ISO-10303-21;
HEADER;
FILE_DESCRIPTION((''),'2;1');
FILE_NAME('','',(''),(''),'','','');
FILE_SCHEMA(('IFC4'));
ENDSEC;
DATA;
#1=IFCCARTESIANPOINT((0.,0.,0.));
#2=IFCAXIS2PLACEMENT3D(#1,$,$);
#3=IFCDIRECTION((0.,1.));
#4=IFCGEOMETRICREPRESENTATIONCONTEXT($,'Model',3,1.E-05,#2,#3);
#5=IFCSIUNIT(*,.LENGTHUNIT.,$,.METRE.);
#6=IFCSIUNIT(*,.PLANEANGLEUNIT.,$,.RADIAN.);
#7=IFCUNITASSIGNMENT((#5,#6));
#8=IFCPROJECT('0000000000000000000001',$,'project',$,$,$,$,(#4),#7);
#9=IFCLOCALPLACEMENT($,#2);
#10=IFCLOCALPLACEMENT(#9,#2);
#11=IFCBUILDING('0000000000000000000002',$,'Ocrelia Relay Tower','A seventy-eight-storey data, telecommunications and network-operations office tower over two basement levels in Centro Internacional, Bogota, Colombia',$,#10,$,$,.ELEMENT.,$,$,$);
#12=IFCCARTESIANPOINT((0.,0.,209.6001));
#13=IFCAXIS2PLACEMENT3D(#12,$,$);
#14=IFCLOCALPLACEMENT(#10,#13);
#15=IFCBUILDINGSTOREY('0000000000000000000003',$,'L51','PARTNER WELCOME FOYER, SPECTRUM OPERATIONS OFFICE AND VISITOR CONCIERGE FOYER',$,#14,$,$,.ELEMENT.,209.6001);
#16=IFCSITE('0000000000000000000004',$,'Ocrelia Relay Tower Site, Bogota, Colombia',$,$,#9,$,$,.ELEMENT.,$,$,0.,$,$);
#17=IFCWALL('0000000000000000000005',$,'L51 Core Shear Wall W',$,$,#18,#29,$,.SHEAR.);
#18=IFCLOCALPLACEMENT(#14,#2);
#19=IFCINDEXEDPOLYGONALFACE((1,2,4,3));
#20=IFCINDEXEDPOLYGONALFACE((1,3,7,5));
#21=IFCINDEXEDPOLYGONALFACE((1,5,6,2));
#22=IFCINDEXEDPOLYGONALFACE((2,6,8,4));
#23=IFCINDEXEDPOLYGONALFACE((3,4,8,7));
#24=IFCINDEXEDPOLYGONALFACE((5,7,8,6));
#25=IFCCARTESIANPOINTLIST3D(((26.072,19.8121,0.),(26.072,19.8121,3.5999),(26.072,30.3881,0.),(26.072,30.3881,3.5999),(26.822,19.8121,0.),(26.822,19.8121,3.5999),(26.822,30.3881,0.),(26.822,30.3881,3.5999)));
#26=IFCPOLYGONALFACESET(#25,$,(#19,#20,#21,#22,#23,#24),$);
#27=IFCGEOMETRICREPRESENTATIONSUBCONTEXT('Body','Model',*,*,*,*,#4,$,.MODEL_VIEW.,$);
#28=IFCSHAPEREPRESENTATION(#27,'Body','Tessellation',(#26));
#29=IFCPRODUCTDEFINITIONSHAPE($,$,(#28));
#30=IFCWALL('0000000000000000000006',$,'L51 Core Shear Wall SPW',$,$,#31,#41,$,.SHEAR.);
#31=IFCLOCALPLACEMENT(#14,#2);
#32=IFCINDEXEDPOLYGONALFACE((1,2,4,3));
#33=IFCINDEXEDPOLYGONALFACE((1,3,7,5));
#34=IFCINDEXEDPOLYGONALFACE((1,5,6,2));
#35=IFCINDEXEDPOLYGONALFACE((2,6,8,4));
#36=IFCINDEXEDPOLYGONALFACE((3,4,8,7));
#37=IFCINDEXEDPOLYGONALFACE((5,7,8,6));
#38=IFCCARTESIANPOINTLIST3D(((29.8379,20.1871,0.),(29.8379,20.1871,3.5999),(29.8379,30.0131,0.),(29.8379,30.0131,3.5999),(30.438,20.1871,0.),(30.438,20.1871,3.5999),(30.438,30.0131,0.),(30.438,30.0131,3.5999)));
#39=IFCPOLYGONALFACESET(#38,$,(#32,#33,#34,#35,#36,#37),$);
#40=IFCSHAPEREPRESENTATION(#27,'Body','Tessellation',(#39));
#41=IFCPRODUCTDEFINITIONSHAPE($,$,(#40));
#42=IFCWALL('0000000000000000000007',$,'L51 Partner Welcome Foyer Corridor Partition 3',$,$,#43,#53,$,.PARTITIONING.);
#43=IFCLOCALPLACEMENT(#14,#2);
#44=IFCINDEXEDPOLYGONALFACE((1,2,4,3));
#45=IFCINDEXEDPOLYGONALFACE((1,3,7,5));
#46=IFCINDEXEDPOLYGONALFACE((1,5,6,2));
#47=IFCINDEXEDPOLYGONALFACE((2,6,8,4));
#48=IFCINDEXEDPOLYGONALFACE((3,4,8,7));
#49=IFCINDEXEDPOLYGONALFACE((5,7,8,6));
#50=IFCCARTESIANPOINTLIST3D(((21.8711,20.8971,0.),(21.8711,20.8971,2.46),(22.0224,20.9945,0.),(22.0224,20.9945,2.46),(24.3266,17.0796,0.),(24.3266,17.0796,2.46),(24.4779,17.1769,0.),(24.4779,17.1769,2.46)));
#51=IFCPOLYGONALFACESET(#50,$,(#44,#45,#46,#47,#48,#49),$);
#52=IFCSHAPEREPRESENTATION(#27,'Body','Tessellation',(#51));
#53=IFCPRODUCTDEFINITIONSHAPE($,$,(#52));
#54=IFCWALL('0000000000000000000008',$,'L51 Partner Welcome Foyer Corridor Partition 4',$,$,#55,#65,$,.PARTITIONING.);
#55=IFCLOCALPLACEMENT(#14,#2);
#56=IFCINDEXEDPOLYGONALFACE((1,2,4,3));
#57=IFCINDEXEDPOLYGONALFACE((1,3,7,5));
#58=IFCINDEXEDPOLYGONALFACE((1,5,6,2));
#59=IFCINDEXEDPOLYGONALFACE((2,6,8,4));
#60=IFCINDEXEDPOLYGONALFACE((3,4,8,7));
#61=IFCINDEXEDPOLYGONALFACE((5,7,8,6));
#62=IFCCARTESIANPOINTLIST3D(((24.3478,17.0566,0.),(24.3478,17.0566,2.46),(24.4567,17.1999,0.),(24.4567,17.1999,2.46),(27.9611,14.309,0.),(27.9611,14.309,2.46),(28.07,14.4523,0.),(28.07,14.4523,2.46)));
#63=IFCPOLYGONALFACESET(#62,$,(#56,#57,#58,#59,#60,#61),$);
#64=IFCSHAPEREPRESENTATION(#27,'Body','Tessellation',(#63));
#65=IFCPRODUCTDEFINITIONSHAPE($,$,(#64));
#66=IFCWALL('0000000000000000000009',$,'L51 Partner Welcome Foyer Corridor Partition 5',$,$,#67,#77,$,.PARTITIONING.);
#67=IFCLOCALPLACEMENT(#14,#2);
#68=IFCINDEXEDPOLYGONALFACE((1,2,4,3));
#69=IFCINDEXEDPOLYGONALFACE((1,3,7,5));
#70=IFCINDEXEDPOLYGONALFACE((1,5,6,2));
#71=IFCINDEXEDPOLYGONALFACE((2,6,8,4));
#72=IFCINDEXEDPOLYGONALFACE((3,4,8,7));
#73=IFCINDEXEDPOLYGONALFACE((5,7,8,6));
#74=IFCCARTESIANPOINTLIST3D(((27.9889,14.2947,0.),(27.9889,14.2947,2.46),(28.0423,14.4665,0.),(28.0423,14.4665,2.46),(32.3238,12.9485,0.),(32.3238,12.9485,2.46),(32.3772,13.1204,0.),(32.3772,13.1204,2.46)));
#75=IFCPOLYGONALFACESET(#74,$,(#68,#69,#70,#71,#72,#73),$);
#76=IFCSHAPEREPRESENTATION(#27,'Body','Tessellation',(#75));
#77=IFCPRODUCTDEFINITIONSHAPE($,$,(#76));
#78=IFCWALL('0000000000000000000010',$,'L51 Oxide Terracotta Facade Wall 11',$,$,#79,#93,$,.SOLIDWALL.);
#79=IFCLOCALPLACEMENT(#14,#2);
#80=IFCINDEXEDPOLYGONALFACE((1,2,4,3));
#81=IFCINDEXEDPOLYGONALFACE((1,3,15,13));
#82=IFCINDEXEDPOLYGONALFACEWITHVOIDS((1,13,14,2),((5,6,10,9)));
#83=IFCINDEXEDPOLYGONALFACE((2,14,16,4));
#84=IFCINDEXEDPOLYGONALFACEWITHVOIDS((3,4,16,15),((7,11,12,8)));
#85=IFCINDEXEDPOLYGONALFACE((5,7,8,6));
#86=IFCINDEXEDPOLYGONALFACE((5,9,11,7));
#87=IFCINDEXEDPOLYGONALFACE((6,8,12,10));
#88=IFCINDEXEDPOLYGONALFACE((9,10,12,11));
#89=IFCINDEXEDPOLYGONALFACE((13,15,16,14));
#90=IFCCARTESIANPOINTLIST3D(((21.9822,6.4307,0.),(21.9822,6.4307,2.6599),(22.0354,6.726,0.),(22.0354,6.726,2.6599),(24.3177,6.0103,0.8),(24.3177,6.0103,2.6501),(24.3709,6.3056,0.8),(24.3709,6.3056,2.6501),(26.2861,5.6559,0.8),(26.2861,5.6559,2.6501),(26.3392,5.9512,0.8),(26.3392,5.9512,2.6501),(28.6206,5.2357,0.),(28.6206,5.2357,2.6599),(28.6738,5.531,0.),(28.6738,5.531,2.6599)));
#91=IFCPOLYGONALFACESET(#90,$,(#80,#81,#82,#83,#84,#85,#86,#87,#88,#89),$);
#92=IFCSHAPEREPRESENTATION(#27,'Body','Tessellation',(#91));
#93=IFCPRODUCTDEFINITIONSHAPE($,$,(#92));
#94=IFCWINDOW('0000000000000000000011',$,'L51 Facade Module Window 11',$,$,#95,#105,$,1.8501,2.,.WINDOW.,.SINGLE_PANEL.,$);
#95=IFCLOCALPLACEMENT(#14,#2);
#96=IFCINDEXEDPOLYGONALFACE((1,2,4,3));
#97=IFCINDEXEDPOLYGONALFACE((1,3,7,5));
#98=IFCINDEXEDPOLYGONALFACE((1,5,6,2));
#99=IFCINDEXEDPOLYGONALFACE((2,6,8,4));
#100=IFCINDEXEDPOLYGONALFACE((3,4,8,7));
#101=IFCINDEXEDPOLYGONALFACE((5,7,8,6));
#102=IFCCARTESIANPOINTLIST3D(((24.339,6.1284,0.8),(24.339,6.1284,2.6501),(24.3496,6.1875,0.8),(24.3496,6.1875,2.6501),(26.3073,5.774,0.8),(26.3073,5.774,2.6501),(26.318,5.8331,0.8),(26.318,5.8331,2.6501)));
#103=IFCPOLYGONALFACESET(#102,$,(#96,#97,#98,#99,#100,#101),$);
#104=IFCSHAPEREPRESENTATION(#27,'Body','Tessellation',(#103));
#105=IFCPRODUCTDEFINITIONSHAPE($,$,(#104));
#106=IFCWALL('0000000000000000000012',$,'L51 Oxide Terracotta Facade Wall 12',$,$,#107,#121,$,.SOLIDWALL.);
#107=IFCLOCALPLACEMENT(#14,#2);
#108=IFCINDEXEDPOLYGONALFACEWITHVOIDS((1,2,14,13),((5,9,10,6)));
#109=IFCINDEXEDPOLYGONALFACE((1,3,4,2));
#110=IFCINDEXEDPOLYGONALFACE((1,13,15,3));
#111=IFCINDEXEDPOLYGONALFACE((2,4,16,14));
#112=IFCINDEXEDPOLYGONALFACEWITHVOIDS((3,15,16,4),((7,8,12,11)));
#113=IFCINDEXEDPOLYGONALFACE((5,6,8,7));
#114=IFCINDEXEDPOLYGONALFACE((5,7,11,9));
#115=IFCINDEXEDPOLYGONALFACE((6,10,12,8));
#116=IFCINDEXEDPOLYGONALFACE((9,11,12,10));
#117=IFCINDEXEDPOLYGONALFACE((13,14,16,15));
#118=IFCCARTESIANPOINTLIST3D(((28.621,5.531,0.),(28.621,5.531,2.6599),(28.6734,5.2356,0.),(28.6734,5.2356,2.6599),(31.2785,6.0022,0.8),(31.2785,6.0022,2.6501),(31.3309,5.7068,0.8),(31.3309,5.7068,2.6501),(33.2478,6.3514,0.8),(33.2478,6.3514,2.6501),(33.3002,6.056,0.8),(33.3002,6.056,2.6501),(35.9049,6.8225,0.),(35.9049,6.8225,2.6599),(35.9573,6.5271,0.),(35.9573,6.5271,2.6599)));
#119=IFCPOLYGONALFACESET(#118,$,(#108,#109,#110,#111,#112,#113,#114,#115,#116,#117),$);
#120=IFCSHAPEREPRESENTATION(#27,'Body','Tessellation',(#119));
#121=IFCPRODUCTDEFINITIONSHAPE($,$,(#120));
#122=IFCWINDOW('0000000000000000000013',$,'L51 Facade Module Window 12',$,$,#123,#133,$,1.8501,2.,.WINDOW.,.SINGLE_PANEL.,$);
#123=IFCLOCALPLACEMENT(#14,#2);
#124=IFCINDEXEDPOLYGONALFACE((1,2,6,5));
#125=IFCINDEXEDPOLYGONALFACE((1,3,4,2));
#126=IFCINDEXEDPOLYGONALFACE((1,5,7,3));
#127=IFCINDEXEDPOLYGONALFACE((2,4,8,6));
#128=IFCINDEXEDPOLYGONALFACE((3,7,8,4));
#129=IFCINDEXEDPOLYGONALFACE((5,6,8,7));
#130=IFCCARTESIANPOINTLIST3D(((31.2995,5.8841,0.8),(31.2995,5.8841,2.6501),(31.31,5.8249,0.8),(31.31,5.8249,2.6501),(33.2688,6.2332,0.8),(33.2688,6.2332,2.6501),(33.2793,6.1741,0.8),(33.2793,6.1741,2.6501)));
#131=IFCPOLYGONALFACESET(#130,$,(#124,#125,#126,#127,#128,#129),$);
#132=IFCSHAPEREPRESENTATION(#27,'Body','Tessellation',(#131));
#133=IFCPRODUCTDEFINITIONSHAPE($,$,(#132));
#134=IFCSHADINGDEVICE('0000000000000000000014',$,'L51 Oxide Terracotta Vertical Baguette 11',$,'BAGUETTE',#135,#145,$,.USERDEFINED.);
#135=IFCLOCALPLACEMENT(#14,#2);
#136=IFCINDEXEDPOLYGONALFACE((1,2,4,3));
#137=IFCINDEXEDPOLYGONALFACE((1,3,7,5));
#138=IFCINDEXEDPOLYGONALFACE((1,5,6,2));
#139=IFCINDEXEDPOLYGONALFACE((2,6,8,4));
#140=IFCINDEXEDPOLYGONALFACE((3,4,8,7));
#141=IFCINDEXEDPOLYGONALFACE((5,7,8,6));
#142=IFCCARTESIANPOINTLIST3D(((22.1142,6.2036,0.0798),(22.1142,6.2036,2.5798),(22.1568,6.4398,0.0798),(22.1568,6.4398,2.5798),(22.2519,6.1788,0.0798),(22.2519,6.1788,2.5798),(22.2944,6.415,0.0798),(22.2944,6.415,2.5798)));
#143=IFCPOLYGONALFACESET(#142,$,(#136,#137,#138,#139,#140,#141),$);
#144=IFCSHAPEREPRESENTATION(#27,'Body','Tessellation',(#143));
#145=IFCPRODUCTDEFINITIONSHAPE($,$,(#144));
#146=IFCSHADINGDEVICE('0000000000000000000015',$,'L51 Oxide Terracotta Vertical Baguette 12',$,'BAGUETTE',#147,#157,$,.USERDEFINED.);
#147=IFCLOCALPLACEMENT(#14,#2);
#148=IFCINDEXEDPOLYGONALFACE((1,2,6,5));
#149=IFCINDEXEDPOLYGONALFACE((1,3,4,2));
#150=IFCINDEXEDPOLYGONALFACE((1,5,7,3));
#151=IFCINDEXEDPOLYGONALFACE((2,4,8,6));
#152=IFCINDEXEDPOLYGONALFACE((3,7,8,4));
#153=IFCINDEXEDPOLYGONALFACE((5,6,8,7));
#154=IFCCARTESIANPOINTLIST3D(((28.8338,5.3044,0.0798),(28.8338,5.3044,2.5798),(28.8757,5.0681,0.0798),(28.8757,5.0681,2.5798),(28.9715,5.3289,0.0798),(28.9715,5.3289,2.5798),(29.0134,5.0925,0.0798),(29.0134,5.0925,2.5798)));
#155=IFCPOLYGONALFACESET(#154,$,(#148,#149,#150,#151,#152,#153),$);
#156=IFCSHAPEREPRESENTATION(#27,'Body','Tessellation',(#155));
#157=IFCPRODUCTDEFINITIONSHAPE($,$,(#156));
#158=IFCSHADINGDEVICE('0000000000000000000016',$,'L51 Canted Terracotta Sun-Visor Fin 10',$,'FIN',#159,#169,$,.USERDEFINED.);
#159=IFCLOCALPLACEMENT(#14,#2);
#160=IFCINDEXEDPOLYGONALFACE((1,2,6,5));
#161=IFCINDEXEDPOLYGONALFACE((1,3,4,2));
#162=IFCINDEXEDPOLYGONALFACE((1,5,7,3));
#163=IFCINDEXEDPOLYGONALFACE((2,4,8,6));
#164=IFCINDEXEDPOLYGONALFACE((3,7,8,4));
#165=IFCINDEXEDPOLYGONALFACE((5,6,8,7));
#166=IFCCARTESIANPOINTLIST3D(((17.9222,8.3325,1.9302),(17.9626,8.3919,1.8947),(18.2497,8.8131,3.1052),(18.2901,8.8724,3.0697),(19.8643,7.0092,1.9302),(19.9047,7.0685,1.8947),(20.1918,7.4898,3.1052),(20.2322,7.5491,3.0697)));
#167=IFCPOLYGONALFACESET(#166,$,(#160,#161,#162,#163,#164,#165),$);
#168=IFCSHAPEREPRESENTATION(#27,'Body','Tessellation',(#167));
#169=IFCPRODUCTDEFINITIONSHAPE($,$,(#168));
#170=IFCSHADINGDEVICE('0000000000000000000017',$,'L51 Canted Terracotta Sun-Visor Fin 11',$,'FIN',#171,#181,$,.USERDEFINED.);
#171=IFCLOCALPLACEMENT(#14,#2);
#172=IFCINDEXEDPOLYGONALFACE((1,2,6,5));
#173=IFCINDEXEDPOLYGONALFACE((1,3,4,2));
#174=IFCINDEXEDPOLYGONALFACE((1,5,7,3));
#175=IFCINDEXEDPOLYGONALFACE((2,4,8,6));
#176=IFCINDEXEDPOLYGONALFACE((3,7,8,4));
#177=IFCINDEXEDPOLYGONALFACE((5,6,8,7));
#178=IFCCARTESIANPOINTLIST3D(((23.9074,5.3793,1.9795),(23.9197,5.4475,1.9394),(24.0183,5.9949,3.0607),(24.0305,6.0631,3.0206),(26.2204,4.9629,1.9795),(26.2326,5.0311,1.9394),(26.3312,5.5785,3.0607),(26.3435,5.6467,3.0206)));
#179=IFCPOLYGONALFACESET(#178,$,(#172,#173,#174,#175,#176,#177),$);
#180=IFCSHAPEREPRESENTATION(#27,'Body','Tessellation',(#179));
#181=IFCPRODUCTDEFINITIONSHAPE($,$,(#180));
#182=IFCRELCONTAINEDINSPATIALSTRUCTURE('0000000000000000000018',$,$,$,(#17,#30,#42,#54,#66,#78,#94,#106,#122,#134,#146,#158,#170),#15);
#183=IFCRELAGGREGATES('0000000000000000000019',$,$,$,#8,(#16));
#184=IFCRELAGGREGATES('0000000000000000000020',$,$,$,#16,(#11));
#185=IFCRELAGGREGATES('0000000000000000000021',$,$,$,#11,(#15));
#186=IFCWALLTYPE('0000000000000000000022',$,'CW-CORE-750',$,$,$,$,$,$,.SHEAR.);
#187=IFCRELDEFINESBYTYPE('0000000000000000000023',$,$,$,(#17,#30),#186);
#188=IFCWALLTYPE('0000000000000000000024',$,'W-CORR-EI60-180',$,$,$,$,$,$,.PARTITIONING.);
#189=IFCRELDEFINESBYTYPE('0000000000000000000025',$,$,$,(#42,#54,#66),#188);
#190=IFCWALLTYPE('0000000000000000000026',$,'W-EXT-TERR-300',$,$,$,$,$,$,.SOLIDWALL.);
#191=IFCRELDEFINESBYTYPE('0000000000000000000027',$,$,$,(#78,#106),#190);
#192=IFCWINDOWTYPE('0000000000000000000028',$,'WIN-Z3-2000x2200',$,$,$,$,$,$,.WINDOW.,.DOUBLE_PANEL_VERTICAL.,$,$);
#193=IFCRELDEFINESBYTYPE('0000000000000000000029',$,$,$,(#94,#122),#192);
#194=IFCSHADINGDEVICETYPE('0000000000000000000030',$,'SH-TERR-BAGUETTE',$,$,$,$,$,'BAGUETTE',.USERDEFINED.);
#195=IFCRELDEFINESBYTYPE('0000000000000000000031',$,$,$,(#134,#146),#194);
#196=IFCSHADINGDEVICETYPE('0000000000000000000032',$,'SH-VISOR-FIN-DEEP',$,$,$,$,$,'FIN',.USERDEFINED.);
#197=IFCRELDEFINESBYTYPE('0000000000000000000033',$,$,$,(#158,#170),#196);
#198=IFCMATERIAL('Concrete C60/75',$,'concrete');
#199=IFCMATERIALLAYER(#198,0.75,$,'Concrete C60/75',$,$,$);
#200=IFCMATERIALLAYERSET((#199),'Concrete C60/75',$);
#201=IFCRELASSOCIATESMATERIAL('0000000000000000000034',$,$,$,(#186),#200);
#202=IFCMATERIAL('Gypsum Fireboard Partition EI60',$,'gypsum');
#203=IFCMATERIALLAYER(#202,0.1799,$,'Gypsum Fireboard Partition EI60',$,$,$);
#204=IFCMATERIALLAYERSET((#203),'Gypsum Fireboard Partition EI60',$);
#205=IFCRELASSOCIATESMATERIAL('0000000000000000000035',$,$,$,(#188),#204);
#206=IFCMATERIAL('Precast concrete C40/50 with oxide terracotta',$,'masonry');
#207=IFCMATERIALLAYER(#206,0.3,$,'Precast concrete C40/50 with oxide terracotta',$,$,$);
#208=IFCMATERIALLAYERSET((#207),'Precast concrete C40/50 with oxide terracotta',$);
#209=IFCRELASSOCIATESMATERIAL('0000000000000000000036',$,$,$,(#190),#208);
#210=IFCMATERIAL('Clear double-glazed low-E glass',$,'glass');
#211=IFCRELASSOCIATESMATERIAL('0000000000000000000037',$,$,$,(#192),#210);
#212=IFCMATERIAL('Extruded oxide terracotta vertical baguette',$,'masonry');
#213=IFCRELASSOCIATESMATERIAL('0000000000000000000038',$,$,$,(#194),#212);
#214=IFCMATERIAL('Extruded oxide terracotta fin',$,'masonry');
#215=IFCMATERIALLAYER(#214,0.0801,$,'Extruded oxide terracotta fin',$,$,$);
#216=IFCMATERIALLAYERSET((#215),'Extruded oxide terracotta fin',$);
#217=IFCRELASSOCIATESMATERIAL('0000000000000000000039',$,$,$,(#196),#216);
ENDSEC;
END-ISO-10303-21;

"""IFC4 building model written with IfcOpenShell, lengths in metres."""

from ifc_helpers import new_model, si_unit, direction, frame, frame_2d, origin, origin_2d, place, context, subcontext, project, spatial, rectangle, extrude, material, layer, layer_set, type_object, element, fill, save


model = new_model("IFC4")

# Units and contexts
model_context = context("Model", 3, precision=1e-05, world=origin(), true_north=direction((0.0, 1.0)))
body_context = subcontext(model_context, "Body", "Model", "MODEL_VIEW")
ifc_project = project(units=[si_unit("LENGTHUNIT", "METRE"), si_unit("PLANEANGLEUNIT", "RADIAN")], contexts=[model_context])

# Site, building, storey
site_placement = place(None, origin())
site = spatial("IfcSite", under=ifc_project, at=site_placement, Name="Ocrelia Relay Tower Site, Bogota, Colombia", CompositionType="ELEMENT", RefElevation=0.0)
building_placement = place(site_placement, origin())
building = spatial("IfcBuilding", under=site, at=building_placement, Name="Ocrelia Relay Tower", Description="A seventy-eight-storey data, telecommunications and network-operations office tower over two basement levels in Centro Internacional, Bogota, Colombia", CompositionType="ELEMENT")
storey_placement = place(building_placement, frame((0.0, 0.0, 209.6001)))
storey = spatial("IfcBuildingStorey", under=building, at=storey_placement, Name="L51", Description="PARTNER WELCOME FOYER, SPECTRUM OPERATIONS OFFICE AND VISITOR CONCIERGE FOYER", CompositionType="ELEMENT", Elevation=209.6001)

# Shared definitions
ifc_material_1 = material(Name="Concrete C60/75", Category="concrete")

# Shared definitions
ifc_material_2 = material(Name="Clear double-glazed low-E glass", Category="glass")

# Walls
ifc_layer_1 = layer(ifc_material_1, 0.75, Name="Concrete C60/75")
ifc_layer_set_1 = layer_set([ifc_layer_1], Name="Concrete C60/75")
wall_type_1 = type_object("IfcWallType", Name="CW-CORE-750", PredefinedType="SHEAR", material=ifc_layer_set_1)
wall_1_placement = place(storey_placement, frame((26.447, 19.812, 0.0), z_axis=(0.0, 0.0, 1.0), x_axis=(0.0, 1.0, 0.0)))
element("IfcWall", 1, at=wall_1_placement, inside=storey, type_object=wall_type_1, Name="L51 Core Shear Wall W", PredefinedType="SHEAR", context=body_context, shape_type="SweptSolid", body=[
    extrude(rectangle(XDim=10.5759, YDim=0.75, at=frame_2d((5.2881, 0.0))), origin(), (0.0, 0.0, 1.0), 3.5999),
])
wall_2_placement = place(storey_placement, frame((30.1379, 20.187, 0.0), z_axis=(0.0, 0.0, 1.0), x_axis=(0.0, 1.0, 0.0)))
element("IfcWall", 2, at=wall_2_placement, inside=storey, type_object=wall_type_1, Name="L51 Core Shear Wall SPW", PredefinedType="SHEAR", context=body_context, shape_type="SweptSolid", body=[
    extrude(rectangle(XDim=9.8259, YDim=0.6001, at=frame_2d((4.9131, 0.0))), origin(), (0.0, 0.0, 1.0), 3.5999),
])
ifc_material_3 = material(Name="Gypsum Fireboard Partition EI60", Category="gypsum")
ifc_layer_2 = layer(ifc_material_3, 0.1799, Name="Gypsum Fireboard Partition EI60")
ifc_layer_set_2 = layer_set([ifc_layer_2], Name="Gypsum Fireboard Partition EI60")
wall_type_2 = type_object("IfcWallType", Name="W-CORR-EI60-180", PredefinedType="PARTITIONING", material=ifc_layer_set_2)
wall_3_placement = place(storey_placement, frame((21.9468, 20.9458, 0.0), z_axis=(0.0, 0.0, 1.0), x_axis=(0.540972, -0.84104, 0.0)))
element("IfcWall", 3, at=wall_3_placement, inside=storey, type_object=wall_type_2, Name="L51 Partner Welcome Foyer Corridor Partition 3", PredefinedType="PARTITIONING", context=body_context, shape_type="SweptSolid", body=[
    extrude(rectangle(XDim=4.5391, YDim=0.1799, at=frame_2d((2.2695, 0.0))), origin(), (0.0, 0.0, 1.0), 2.46),
])
wall_4_placement = place(storey_placement, frame((24.4023, 17.1282, 0.0), z_axis=(0.0, 0.0, 1.0), x_axis=(0.796007, -0.605288, 0.0)))
element("IfcWall", 4, at=wall_4_placement, inside=storey, type_object=wall_type_2, Name="L51 Partner Welcome Foyer Corridor Partition 4", PredefinedType="PARTITIONING", context=body_context, shape_type="SweptSolid", body=[
    extrude(rectangle(XDim=4.5393, YDim=0.1799, at=frame_2d((2.2695, 0.0))), origin(), (0.0, 0.0, 1.0), 2.46),
])
wall_5_placement = place(storey_placement, frame((28.0156, 14.3806, 0.0), z_axis=(0.0, 0.0, 1.0), x_axis=(0.955011, -0.296572, 0.0)))
element("IfcWall", 5, at=wall_5_placement, inside=storey, type_object=wall_type_2, Name="L51 Partner Welcome Foyer Corridor Partition 5", PredefinedType="PARTITIONING", context=body_context, shape_type="SweptSolid", body=[
    extrude(rectangle(XDim=4.5391, YDim=0.1799, at=frame_2d((2.2695, 0.0))), origin(), (0.0, 0.0, 1.0), 2.46),
])

# Walls, openings, windows
ifc_material_4 = material(Name="Precast concrete C40/50 with oxide terracotta", Category="masonry")
ifc_layer_3 = layer(ifc_material_4, 0.3, Name="Precast concrete C40/50 with oxide terracotta")
ifc_layer_set_3 = layer_set([ifc_layer_3], Name="Precast concrete C40/50 with oxide terracotta")
wall_type_3 = type_object("IfcWallType", Name="W-EXT-TERR-300", PredefinedType="SOLIDWALL", material=ifc_layer_set_3)
wall_6_placement = place(storey_placement, frame((22.0088, 6.5784, 0.0), z_axis=(0.0, 0.0, 1.0), x_axis=(0.984179, -0.177175, 0.0)))
wall_6 = element("IfcWall", 6, at=wall_6_placement, inside=storey, type_object=wall_type_3, Name="L51 Oxide Terracotta Facade Wall 11", PredefinedType="SOLIDWALL", context=body_context, shape_type="SweptSolid", body=[
    extrude(rectangle(XDim=6.7451, YDim=0.3, at=frame_2d((3.3726, 0.0))), origin(), (0.0, 0.0, 1.0), 2.6599),
])
opening_1_placement = place(wall_6_placement, frame((2.373, 0.0, 0.8)))
opening_1 = element("IfcOpeningElement", 7, at=opening_1_placement, cuts=wall_6, PredefinedType="OPENING", context=body_context, shape_type="SweptSolid", body=[
    extrude(rectangle(XDim=2.0, YDim=1.8501, at=frame_2d((1.0, 0.925))), frame((0.0, 0.1602, 0.0), z_axis=(0.0, -1.0, 0.0), x_axis=(1.0, 0.0, 0.0)), (0.0, 0.0, 1.0), 0.3201),
])
window_type = type_object("IfcWindowType", Name="WIN-Z3-2000x2200", PartitioningType="DOUBLE_PANEL_VERTICAL", PredefinedType="WINDOW", material=ifc_material_2)
window_1_placement = place(opening_1_placement, origin())
window_1 = element("IfcWindow", 8, at=window_1_placement, inside=storey, type_object=window_type, Name="L51 Facade Module Window 11", OverallHeight=1.8501, OverallWidth=2.0, PartitioningType="SINGLE_PANEL", PredefinedType="WINDOW", context=body_context, shape_type="SweptSolid", body=[
    extrude(rectangle(XDim=2.0, YDim=1.8501, at=frame_2d((1.0, 0.925))), frame((0.0, 0.03, 0.0), z_axis=(0.0, -1.0, 0.0), x_axis=(1.0, 0.0, 0.0)), (0.0, 0.0, 1.0), 0.0601),
])
fill(opening_1, window_1)
wall_7_placement = place(storey_placement, frame((28.6472, 5.3833, 0.0), z_axis=(0.0, 0.0, 1.0), x_axis=(0.984642, 0.174585, 0.0)))
wall_7 = element("IfcWall", 9, at=wall_7_placement, inside=storey, type_object=wall_type_3, Name="L51 Oxide Terracotta Facade Wall 12", PredefinedType="SOLIDWALL", context=body_context, shape_type="SweptSolid", body=[
    extrude(rectangle(XDim=7.3975, YDim=0.3, at=frame_2d((3.6987, 0.0))), origin(), (0.0, 0.0, 1.0), 2.6599),
])
opening_2_placement = place(wall_7_placement, frame((2.699, 0.0, 0.8)))
opening_2 = element("IfcOpeningElement", 10, at=opening_2_placement, cuts=wall_7, PredefinedType="OPENING", context=body_context, shape_type="SweptSolid", body=[
    extrude(rectangle(XDim=2.0, YDim=1.8501, at=frame_2d((1.0, 0.925))), frame((0.0, 0.1602, 0.0), z_axis=(0.0, -1.0, 0.0), x_axis=(1.0, 0.0, 0.0)), (0.0, 0.0, 1.0), 0.3201),
])
window_2_placement = place(opening_2_placement, origin())
window_2 = element("IfcWindow", 11, at=window_2_placement, inside=storey, type_object=window_type, Name="L51 Facade Module Window 12", OverallHeight=1.8501, OverallWidth=2.0, PartitioningType="SINGLE_PANEL", PredefinedType="WINDOW", context=body_context, shape_type="SweptSolid", body=[
    extrude(rectangle(XDim=2.0, YDim=1.8501, at=frame_2d((1.0, 0.925))), frame((0.0, 0.03, 0.0), z_axis=(0.0, -1.0, 0.0), x_axis=(1.0, 0.0, 0.0)), (0.0, 0.0, 1.0), 0.0601),
])
fill(opening_2, window_2)

# Shading devices
ifc_material_5 = material(Name="Extruded oxide terracotta vertical baguette", Category="masonry")
shading_device_type_1 = type_object("IfcShadingDeviceType", Name="SH-TERR-BAGUETTE", ElementType="BAGUETTE", PredefinedType="USERDEFINED", material=ifc_material_5)
for number, where, z_axis, x_axis, name in (
    (12, (22.2043, 6.3093, 0.0798), (0.0, 0.0, 1.0), (0.984178, -0.177183, 0.0), "L51 Oxide Terracotta Vertical Baguette 11"),
    (13, (28.9236, 5.1985, 0.0798), (0.0, 0.0, 1.0), (0.984642, 0.174586, 0.0), "L51 Oxide Terracotta Vertical Baguette 12"),
):
    element("IfcShadingDevice", number, at=place(storey_placement, frame(where, z_axis=z_axis, x_axis=x_axis)), inside=storey, type_object=shading_device_type_1, Name=name, ObjectType="BAGUETTE", PredefinedType="USERDEFINED", context=body_context, shape_type="SweptSolid", body=[
        extrude(rectangle(XDim=0.1399, YDim=0.24, at=origin_2d()), origin(), (0.0, 0.0, 1.0), 2.5),
    ])
ifc_material_6 = material(Name="Extruded oxide terracotta fin", Category="masonry")
ifc_layer_4 = layer(ifc_material_6, 0.0801, Name="Extruded oxide terracotta fin")
ifc_layer_set_4 = layer_set([ifc_layer_4], Name="Extruded oxide terracotta fin")
shading_device_type_2 = type_object("IfcShadingDeviceType", Name="SH-VISOR-FIN-DEEP", ElementType="FIN", PredefinedType="USERDEFINED", material=ifc_layer_set_4)
shading_device_1_placement = place(storey_placement, frame((19.0974, 7.9705, 2.4822), z_axis=(-0.504679, -0.740656, 0.443541), x_axis=(0.82639, -0.563098, 0.0)))
element("IfcShadingDevice", 14, at=shading_device_1_placement, inside=storey, type_object=shading_device_type_2, Name="L51 Canted Terracotta Sun-Visor Fin 10", ObjectType="FIN", PredefinedType="USERDEFINED", context=body_context, shape_type="SweptSolid", body=[
    extrude(rectangle(XDim=2.3501, YDim=1.311, at=origin_2d()), origin(), (0.0, 0.0, 1.0), 0.0801),
])
shading_device_2_placement = place(storey_placement, frame((25.1316, 5.5471, 2.48), z_axis=(-0.153367, -0.851893, 0.500756), x_axis=(0.984178, -0.177183, 0.0)))
element("IfcShadingDevice", 15, at=shading_device_2_placement, inside=storey, type_object=shading_device_type_2, Name="L51 Canted Terracotta Sun-Visor Fin 11", ObjectType="FIN", PredefinedType="USERDEFINED", context=body_context, shape_type="SweptSolid", body=[
    extrude(rectangle(XDim=2.3501, YDim=1.249, at=origin_2d()), origin(), (0.0, 0.0, 1.0), 0.0801),
])

save(model, "model.ifc")
